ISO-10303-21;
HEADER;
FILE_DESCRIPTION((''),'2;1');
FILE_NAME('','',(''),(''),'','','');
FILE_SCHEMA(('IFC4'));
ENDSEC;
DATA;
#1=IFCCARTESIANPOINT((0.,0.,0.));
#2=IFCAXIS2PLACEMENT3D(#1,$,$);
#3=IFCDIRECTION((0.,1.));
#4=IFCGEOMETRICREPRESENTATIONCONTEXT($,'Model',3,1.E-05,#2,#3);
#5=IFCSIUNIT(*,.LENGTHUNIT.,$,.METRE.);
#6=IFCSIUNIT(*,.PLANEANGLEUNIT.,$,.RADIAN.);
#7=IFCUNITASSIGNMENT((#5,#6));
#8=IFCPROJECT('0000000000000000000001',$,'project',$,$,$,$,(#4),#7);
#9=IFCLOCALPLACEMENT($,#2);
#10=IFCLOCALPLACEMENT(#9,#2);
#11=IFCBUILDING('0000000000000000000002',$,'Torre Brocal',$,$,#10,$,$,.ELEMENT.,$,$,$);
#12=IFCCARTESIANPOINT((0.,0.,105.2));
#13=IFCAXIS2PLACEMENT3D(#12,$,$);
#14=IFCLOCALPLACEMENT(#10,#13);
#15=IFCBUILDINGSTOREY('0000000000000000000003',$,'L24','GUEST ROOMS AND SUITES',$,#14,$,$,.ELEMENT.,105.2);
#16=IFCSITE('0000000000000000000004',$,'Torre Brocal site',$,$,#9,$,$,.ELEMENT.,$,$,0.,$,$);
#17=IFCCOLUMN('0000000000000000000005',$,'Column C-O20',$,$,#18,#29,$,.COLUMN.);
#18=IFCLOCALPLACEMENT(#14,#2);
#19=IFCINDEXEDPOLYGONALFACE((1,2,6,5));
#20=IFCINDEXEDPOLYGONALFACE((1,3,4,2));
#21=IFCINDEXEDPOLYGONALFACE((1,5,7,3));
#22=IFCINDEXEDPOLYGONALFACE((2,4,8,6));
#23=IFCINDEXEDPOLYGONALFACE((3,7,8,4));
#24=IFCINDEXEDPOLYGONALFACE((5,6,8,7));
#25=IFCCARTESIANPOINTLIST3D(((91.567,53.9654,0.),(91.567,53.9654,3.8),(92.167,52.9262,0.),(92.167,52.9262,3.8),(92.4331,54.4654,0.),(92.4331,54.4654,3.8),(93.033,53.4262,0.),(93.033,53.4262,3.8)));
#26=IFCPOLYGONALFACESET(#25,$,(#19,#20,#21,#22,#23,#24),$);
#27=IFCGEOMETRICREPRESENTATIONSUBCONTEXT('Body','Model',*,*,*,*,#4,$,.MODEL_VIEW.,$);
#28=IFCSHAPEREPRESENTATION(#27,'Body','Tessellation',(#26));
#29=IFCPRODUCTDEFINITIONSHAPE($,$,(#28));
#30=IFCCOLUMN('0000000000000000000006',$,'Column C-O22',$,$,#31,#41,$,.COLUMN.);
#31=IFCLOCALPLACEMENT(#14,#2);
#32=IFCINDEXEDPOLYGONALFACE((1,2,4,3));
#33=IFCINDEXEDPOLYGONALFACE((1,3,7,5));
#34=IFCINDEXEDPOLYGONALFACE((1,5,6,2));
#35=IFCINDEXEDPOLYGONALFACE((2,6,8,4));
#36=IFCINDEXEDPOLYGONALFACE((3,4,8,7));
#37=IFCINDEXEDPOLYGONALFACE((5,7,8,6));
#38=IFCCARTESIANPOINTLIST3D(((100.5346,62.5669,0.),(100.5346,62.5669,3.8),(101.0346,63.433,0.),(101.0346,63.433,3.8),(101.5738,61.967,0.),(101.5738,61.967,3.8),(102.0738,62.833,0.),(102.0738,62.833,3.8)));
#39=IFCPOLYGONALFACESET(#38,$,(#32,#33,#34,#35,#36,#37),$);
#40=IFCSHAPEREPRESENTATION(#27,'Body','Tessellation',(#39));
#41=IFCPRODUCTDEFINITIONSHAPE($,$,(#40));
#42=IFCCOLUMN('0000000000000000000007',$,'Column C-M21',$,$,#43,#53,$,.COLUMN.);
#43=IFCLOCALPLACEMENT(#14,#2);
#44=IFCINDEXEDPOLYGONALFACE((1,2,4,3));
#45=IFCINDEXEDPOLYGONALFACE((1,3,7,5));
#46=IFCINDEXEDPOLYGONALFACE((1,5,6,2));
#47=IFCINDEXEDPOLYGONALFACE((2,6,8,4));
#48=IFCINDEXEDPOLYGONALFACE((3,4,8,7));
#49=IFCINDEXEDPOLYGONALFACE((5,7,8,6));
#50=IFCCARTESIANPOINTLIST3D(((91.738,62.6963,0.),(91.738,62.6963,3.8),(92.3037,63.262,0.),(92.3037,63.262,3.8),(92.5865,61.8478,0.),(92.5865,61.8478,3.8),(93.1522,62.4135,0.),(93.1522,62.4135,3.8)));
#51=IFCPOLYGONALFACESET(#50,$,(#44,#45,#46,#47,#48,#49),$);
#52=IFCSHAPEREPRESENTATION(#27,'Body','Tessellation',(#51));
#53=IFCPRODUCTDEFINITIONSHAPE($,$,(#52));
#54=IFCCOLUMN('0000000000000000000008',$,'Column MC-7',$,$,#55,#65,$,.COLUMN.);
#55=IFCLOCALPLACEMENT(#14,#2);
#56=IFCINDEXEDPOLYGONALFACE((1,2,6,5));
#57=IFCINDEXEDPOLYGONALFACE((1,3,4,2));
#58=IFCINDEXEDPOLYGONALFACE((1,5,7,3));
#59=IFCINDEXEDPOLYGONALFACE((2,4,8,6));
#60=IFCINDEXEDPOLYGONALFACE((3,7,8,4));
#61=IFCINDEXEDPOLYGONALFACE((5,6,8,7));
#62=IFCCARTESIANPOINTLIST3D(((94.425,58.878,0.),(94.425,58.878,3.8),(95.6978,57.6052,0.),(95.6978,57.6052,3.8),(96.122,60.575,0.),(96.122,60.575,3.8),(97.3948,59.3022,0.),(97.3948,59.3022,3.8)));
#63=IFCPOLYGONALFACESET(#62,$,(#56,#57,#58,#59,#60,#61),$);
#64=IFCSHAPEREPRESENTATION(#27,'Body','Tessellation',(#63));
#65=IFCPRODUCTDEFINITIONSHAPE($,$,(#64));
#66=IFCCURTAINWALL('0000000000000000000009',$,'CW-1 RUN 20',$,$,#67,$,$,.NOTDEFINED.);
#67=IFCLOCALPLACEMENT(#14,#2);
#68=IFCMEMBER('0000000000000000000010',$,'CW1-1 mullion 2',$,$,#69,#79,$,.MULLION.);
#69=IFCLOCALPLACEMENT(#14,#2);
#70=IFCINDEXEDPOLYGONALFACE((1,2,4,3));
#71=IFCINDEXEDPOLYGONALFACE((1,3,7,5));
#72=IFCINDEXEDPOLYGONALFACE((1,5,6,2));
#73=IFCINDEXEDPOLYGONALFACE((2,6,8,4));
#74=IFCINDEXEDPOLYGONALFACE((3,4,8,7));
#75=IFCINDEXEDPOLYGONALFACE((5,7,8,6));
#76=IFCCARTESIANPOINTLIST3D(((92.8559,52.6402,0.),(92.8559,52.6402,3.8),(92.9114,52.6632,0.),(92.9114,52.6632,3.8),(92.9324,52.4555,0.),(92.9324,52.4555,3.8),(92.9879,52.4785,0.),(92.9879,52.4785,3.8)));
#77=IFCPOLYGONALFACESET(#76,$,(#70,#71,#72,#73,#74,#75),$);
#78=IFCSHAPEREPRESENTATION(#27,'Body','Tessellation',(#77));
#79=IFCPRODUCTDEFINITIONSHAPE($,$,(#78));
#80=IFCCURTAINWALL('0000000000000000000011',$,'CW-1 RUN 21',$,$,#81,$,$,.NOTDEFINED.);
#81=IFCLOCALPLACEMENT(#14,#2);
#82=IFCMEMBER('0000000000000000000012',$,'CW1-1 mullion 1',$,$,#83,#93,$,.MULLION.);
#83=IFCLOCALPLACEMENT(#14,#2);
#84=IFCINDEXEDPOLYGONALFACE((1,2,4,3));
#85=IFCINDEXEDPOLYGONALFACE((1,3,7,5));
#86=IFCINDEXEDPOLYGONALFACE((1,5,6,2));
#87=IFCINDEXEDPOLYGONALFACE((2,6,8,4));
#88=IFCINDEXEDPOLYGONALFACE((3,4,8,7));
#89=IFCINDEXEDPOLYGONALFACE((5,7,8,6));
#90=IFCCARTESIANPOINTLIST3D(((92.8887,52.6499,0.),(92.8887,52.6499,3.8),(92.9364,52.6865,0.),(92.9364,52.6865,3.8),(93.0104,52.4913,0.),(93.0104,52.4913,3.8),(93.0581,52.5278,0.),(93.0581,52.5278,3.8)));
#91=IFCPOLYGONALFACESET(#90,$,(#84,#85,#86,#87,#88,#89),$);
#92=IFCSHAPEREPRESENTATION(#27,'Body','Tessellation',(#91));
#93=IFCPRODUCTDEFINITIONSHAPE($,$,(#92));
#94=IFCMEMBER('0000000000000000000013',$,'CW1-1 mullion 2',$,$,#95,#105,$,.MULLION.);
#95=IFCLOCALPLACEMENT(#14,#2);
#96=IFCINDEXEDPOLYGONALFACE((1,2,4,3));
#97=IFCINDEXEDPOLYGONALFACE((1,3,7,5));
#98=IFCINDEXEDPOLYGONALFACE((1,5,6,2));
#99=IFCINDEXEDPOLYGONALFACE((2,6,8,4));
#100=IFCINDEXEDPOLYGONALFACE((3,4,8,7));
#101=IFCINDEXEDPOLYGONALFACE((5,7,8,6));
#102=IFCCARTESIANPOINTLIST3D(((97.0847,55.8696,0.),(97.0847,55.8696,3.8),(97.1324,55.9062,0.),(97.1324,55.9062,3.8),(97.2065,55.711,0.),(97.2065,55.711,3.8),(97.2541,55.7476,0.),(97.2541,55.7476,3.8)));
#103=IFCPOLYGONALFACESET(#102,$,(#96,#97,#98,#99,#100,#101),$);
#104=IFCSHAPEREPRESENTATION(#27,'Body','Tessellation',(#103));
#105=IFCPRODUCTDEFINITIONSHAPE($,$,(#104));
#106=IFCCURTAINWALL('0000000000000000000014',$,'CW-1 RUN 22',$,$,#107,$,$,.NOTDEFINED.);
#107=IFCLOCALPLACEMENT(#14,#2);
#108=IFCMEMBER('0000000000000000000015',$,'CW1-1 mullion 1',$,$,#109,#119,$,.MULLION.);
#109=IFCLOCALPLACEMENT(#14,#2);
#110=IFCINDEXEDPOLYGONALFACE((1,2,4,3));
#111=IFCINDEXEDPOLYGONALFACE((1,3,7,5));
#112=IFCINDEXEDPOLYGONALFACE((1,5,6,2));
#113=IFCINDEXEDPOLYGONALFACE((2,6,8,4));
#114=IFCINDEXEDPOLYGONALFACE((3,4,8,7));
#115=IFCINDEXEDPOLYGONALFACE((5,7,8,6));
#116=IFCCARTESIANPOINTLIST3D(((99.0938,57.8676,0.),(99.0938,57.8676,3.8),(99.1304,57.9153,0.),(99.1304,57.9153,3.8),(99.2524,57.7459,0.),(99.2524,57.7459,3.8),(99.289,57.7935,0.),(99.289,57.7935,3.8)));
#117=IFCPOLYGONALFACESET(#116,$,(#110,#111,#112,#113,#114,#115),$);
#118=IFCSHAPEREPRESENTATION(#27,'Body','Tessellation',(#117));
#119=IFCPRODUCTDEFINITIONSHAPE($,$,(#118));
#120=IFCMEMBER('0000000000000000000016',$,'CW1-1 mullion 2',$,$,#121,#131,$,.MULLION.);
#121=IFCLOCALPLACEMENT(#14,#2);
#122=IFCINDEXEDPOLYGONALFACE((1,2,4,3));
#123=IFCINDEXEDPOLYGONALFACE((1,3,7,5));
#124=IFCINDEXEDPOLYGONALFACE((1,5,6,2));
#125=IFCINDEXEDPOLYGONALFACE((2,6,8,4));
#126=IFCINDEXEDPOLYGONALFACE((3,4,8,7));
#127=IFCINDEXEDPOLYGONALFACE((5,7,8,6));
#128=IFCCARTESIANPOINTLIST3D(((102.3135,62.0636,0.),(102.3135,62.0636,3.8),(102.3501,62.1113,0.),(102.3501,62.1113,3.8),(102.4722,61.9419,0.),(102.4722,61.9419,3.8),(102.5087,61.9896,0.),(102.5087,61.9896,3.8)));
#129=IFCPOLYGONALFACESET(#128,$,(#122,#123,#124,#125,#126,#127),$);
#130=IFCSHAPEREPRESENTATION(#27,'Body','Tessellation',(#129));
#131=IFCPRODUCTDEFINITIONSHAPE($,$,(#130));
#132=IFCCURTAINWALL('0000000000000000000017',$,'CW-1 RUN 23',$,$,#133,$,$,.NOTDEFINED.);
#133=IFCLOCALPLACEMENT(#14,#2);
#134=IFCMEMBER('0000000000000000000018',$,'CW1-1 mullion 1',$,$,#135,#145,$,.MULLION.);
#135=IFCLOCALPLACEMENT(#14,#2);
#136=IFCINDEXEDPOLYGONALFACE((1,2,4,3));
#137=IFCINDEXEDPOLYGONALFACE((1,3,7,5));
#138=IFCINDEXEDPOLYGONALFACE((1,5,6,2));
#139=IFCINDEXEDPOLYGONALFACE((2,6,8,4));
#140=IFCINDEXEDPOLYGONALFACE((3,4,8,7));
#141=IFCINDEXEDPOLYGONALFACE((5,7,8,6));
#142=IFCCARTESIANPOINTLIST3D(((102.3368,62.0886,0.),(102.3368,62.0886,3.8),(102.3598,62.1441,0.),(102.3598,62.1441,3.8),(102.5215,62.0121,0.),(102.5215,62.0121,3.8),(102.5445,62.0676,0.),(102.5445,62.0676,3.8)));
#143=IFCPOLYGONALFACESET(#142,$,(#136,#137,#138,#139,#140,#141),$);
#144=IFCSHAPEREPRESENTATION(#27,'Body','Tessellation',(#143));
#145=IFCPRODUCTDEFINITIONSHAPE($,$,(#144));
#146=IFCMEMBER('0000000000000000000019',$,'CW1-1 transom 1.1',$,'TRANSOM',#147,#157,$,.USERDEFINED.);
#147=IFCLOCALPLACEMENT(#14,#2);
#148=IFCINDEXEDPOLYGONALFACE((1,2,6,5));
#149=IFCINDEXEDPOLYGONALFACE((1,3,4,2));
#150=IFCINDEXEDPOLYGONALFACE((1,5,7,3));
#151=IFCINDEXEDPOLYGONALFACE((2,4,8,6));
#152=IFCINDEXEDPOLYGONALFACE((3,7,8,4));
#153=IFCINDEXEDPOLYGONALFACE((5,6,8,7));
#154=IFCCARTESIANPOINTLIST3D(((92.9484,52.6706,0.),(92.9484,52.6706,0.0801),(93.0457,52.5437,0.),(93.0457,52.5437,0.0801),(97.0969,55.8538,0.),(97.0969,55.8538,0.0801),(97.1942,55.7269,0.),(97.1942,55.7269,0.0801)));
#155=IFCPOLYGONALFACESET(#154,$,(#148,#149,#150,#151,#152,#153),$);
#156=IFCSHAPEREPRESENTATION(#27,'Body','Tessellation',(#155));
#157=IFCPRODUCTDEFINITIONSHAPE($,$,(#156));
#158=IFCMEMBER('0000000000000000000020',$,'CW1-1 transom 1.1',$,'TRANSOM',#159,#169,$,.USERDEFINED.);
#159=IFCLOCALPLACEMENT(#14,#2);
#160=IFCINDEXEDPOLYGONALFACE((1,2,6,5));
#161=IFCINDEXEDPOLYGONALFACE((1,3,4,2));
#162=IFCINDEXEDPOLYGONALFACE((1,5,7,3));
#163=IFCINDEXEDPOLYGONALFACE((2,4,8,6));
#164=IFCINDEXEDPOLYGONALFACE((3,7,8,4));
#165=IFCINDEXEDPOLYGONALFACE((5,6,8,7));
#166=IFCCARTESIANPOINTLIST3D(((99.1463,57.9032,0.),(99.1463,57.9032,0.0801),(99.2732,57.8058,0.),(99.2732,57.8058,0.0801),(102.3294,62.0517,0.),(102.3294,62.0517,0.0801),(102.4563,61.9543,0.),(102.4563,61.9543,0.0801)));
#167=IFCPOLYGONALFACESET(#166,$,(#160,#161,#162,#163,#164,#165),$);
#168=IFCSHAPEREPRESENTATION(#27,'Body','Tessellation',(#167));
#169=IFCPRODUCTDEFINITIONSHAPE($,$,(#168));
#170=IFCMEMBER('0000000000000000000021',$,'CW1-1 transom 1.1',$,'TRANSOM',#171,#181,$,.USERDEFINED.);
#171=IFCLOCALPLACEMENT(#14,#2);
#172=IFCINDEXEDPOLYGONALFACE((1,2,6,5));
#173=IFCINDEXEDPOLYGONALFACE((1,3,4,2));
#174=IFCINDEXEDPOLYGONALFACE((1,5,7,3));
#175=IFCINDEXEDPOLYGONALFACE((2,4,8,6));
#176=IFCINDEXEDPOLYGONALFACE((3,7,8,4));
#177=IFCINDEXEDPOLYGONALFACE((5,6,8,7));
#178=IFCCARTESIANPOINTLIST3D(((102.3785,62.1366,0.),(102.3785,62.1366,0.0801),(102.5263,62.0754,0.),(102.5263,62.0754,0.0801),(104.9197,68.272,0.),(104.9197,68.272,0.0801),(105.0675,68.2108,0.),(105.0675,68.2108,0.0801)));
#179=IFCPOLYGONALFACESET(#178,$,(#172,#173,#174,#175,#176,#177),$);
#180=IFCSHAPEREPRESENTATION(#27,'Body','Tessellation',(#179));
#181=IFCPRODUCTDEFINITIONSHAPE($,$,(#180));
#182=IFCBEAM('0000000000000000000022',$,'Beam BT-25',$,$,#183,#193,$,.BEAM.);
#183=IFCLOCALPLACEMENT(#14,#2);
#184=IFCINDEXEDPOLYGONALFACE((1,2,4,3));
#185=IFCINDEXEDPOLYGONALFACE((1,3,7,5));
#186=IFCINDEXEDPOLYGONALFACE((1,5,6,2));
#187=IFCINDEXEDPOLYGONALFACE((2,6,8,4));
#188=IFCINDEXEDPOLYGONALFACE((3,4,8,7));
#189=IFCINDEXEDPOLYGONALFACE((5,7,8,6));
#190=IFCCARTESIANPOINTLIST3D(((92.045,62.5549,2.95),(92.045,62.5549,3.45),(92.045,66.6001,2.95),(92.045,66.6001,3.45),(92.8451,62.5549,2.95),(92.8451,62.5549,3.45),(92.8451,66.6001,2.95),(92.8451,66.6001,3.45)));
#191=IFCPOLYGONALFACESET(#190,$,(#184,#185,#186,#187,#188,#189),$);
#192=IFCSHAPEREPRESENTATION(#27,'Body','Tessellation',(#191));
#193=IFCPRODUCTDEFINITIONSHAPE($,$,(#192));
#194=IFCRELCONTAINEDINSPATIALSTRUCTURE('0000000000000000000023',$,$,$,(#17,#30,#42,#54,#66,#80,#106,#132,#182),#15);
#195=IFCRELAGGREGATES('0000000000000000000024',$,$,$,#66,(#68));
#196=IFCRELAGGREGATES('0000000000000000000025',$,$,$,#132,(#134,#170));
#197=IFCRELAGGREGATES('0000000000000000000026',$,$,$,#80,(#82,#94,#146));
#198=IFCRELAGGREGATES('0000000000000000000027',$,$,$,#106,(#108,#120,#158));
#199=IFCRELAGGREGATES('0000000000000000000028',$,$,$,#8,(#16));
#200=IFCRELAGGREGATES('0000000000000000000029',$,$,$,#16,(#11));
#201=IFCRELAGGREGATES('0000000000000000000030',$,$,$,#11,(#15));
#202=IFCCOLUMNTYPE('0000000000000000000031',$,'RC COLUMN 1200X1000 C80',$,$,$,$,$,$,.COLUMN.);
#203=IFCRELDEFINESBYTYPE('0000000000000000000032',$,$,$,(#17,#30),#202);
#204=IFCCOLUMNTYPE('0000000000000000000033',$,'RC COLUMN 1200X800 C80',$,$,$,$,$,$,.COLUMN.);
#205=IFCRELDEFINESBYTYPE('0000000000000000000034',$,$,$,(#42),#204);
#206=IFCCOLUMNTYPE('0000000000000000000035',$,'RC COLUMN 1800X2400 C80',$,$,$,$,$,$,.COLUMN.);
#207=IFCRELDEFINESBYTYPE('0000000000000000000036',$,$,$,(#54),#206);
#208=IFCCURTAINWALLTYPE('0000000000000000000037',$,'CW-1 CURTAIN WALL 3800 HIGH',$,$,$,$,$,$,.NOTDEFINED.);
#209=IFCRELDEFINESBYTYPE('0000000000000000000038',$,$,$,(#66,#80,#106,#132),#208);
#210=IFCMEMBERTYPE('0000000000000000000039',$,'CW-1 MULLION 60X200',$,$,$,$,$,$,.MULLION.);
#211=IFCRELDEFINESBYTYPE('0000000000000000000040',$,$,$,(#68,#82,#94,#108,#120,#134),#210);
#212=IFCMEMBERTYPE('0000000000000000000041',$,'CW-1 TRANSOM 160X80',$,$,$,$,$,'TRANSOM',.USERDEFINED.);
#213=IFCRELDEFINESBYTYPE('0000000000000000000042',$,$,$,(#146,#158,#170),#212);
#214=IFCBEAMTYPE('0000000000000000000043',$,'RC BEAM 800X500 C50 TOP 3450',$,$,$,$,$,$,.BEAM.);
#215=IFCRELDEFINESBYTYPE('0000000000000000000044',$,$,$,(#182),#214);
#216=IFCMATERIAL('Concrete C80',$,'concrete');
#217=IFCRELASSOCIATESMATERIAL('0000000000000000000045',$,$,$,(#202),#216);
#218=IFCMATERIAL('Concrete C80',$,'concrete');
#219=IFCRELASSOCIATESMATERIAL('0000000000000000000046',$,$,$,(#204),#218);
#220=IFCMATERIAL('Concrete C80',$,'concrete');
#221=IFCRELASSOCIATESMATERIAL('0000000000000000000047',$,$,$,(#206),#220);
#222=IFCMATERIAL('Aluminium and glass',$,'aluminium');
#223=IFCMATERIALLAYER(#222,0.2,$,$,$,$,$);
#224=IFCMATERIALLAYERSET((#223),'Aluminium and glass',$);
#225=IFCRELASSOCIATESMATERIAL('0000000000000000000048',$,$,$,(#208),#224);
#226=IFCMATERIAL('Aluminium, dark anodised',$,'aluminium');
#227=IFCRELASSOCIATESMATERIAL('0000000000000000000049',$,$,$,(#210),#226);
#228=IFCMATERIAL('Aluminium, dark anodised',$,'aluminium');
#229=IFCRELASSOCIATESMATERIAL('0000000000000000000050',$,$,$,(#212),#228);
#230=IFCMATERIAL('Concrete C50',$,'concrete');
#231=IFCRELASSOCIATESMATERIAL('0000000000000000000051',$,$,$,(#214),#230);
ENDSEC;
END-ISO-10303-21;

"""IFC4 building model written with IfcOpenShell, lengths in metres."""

from ifc_helpers import new_model, si_unit, direction, frame, origin, origin_2d, place, context, subcontext, project, spatial, rectangle, extrude, material, layer, layer_set, material_profile, profile_set, type_object, element, aggregate, save


model = new_model("IFC4")

# Units and contexts
model_context = context("Model", 3, precision=1e-05, world=origin(), true_north=direction((0.0, 1.0)))
body_context = subcontext(model_context, "Body", "Model", "MODEL_VIEW")
ifc_project = project(units=[si_unit("LENGTHUNIT", "METRE"), si_unit("PLANEANGLEUNIT", "RADIAN")], contexts=[model_context])

# Site, building, storey
site_placement = place(None, origin())
site = spatial("IfcSite", under=ifc_project, at=site_placement, Name="Torre Brocal site", CompositionType="ELEMENT", RefElevation=0.0)
building_placement = place(site_placement, origin())
building = spatial("IfcBuilding", under=site, at=building_placement, Name="Torre Brocal", CompositionType="ELEMENT")
storey_placement = place(building_placement, frame((0.0, 0.0, 105.2)))
storey = spatial("IfcBuildingStorey", under=building, at=storey_placement, Name="L24", Description="GUEST ROOMS AND SUITES", CompositionType="ELEMENT", Elevation=105.2)

# Columns
ifc_material_1 = material(Name="Concrete C80", Category="concrete")
ifc_material_profile_1 = material_profile(ifc_material_1, rectangle(XDim=1.2, YDim=1.0, at=origin_2d()), Name="RC 1200X1000")
ifc_profile_set_1 = profile_set([ifc_material_profile_1], Name="Concrete C80")
column_type_1 = type_object("IfcColumnType", Name="RC COLUMN 1200X1000 C80", PredefinedType="COLUMN", material=ifc_profile_set_1)
for number, where, z_axis, x_axis, name in (
    (1, (92.3, 53.6958, 0.0), (0.0, 0.0, 1.0), (0.5, -0.866025, 0.0), "Column C-O20"),
    (2, (101.3042, 62.7, 0.0), (0.0, 0.0, 1.0), (0.866025, -0.5, 0.0), "Column C-O22"),
):
    element("IfcColumn", number, at=place(storey_placement, frame(where, z_axis=z_axis, x_axis=x_axis)), inside=storey, type_object=column_type_1, Name=name, PredefinedType="COLUMN", context=body_context, shape_type="SweptSolid", body=[
        extrude(rectangle(XDim=1.2, YDim=1.0, at=origin_2d()), origin(), (0.0, 0.0, 1.0), 3.8),
    ])
ifc_material_2 = material(Name="Concrete C80", Category="concrete")
ifc_material_profile_2 = material_profile(ifc_material_2, rectangle(XDim=1.2, YDim=0.8, at=origin_2d()), Name="RC 1200X800")
ifc_profile_set_2 = profile_set([ifc_material_profile_2], Name="Concrete C80")
column_type_2 = type_object("IfcColumnType", Name="RC COLUMN 1200X800 C80", PredefinedType="COLUMN", material=ifc_profile_set_2)
column_1_placement = place(storey_placement, frame((92.4451, 62.5549, 0.0), z_axis=(0.0, 0.0, 1.0), x_axis=(0.707107, -0.707107, 0.0)))
element("IfcColumn", 3, at=column_1_placement, inside=storey, type_object=column_type_2, Name="Column C-M21", PredefinedType="COLUMN", context=body_context, shape_type="SweptSolid", body=[
    extrude(rectangle(XDim=1.2, YDim=0.8, at=origin_2d()), origin(), (0.0, 0.0, 1.0), 3.8),
])
ifc_material_3 = material(Name="Concrete C80", Category="concrete")
ifc_material_profile_3 = material_profile(ifc_material_3, rectangle(XDim=1.8, YDim=2.3999, at=origin_2d()), Name="RC 1800X2400")
ifc_profile_set_3 = profile_set([ifc_material_profile_3], Name="Concrete C80")
column_type_3 = type_object("IfcColumnType", Name="RC COLUMN 1800X2400 C80", PredefinedType="COLUMN", material=ifc_profile_set_3)
column_2_placement = place(storey_placement, frame((95.9099, 59.0901, 0.0), z_axis=(0.0, 0.0, 1.0), x_axis=(0.707107, -0.707107, 0.0)))
element("IfcColumn", 4, at=column_2_placement, inside=storey, type_object=column_type_3, Name="Column MC-7", PredefinedType="COLUMN", context=body_context, shape_type="SweptSolid", body=[
    extrude(rectangle(XDim=1.8, YDim=2.3999, at=origin_2d()), origin(), (0.0, 0.0, 1.0), 3.8),
])

# Curtain wall, member
ifc_material_4 = material(Name="Aluminium and glass", Category="aluminium")
ifc_layer_1 = layer(ifc_material_4, 0.2)
ifc_layer_set_1 = layer_set([ifc_layer_1], Name="Aluminium and glass")
curtain_wall_type = type_object("IfcCurtainWallType", Name="CW-1 CURTAIN WALL 3800 HIGH", PredefinedType="NOTDEFINED", material=ifc_layer_set_1)
curtain_wall_1_placement = place(storey_placement, origin())
curtain_wall_1 = element("IfcCurtainWall", 5, at=curtain_wall_1_placement, inside=storey, type_object=curtain_wall_type, Name="CW-1 RUN 20", PredefinedType="NOTDEFINED")
ifc_material_5 = material(Name="Aluminium, dark anodised", Category="aluminium")
ifc_material_profile_4 = material_profile(ifc_material_5, rectangle(XDim=0.2, YDim=0.0601, at=origin_2d()), Name="CW-1 MULLION 60X200")
ifc_profile_set_4 = profile_set([ifc_material_profile_4], Name="Aluminium, dark anodised")
member_type_1 = type_object("IfcMemberType", Name="CW-1 MULLION 60X200", PredefinedType="MULLION", material=ifc_profile_set_4)
member_1_placement = place(storey_placement, frame((92.9219, 52.5593, 0.0), z_axis=(0.0, 0.0, 1.0), x_axis=(-0.382683, 0.92388, 0.0)))
member_1 = element("IfcMember", 6, at=member_1_placement, type_object=member_type_1, Name="CW1-1 mullion 2", PredefinedType="MULLION", context=body_context, shape_type="SweptSolid", body=[
    extrude(rectangle(XDim=0.2, YDim=0.0601, at=origin_2d()), origin(), (0.0, 0.0, 1.0), 3.8),
])
aggregate(curtain_wall_1, [member_1])

# Curtain walls, members
curtain_wall_2_placement = place(storey_placement, origin())
curtain_wall_2 = element("IfcCurtainWall", 7, at=curtain_wall_2_placement, inside=storey, type_object=curtain_wall_type, Name="CW-1 RUN 21", PredefinedType="NOTDEFINED")
member_2_placement = place(storey_placement, frame((92.9734, 52.5889, 0.0), z_axis=(0.0, 0.0, 1.0), x_axis=(-0.608761, 0.793353, 0.0)))
member_2 = element("IfcMember", 8, at=member_2_placement, type_object=member_type_1, Name="CW1-1 mullion 1", PredefinedType="MULLION", context=body_context, shape_type="SweptSolid", body=[
    extrude(rectangle(XDim=0.2, YDim=0.0601, at=origin_2d()), origin(), (0.0, 0.0, 1.0), 3.8),
])
member_3_placement = place(storey_placement, frame((97.1694, 55.8086, 0.0), z_axis=(0.0, 0.0, 1.0), x_axis=(-0.608761, 0.793353, 0.0)))
member_3 = element("IfcMember", 9, at=member_3_placement, type_object=member_type_1, Name="CW1-1 mullion 2", PredefinedType="MULLION", context=body_context, shape_type="SweptSolid", body=[
    extrude(rectangle(XDim=0.2, YDim=0.0601, at=origin_2d()), origin(), (0.0, 0.0, 1.0), 3.8),
])
curtain_wall_3_placement = place(storey_placement, origin())
curtain_wall_3 = element("IfcCurtainWall", 10, at=curtain_wall_3_placement, inside=storey, type_object=curtain_wall_type, Name="CW-1 RUN 22", PredefinedType="NOTDEFINED")
member_4_placement = place(storey_placement, frame((99.1914, 57.8306, 0.0), z_axis=(0.0, 0.0, 1.0), x_axis=(-0.793353, 0.608761, 0.0)))
member_4 = element("IfcMember", 11, at=member_4_placement, type_object=member_type_1, Name="CW1-1 mullion 1", PredefinedType="MULLION", context=body_context, shape_type="SweptSolid", body=[
    extrude(rectangle(XDim=0.2, YDim=0.0601, at=origin_2d()), origin(), (0.0, 0.0, 1.0), 3.8),
])
member_5_placement = place(storey_placement, frame((102.4111, 62.0266, 0.0), z_axis=(0.0, 0.0, 1.0), x_axis=(-0.793353, 0.608761, 0.0)))
member_5 = element("IfcMember", 12, at=member_5_placement, type_object=member_type_1, Name="CW1-1 mullion 2", PredefinedType="MULLION", context=body_context, shape_type="SweptSolid", body=[
    extrude(rectangle(XDim=0.2, YDim=0.0601, at=origin_2d()), origin(), (0.0, 0.0, 1.0), 3.8),
])

# Curtain wall, member
curtain_wall_4_placement = place(storey_placement, origin())
curtain_wall_4 = element("IfcCurtainWall", 13, at=curtain_wall_4_placement, inside=storey, type_object=curtain_wall_type, Name="CW-1 RUN 23", PredefinedType="NOTDEFINED")
member_6_placement = place(storey_placement, frame((102.4407, 62.0781, 0.0), z_axis=(0.0, 0.0, 1.0), x_axis=(-0.92388, 0.382683, 0.0)))
member_6 = element("IfcMember", 14, at=member_6_placement, type_object=member_type_1, Name="CW1-1 mullion 1", PredefinedType="MULLION", context=body_context, shape_type="SweptSolid", body=[
    extrude(rectangle(XDim=0.2, YDim=0.0601, at=origin_2d()), origin(), (0.0, 0.0, 1.0), 3.8),
])

# Members
ifc_material_6 = material(Name="Aluminium, dark anodised", Category="aluminium")
ifc_material_profile_5 = material_profile(ifc_material_6, rectangle(XDim=0.1599, YDim=0.0801, at=origin_2d()), Name="CW-1 TRANSOM 160X80")
ifc_profile_set_5 = profile_set([ifc_material_profile_5], Name="Aluminium, dark anodised")
member_type_2 = type_object("IfcMemberType", Name="CW-1 TRANSOM 160X80", ElementType="TRANSOM", PredefinedType="USERDEFINED", material=ifc_profile_set_5)
member_7_placement = place(storey_placement, frame((92.9971, 52.6072, 0.04), z_axis=(0.793363, 0.608749, 0.0), x_axis=(-0.608749, 0.793363, 0.0)))
member_7 = element("IfcMember", 15, at=member_7_placement, type_object=member_type_2, Name="CW1-1 transom 1.1", ObjectType="TRANSOM", PredefinedType="USERDEFINED", context=body_context, shape_type="SweptSolid", body=[
    extrude(rectangle(XDim=0.1599, YDim=0.0801, at=origin_2d()), origin(), (0.0, 0.0, 1.0), 5.229),
])
member_8_placement = place(storey_placement, frame((99.2097, 57.8545, 0.04), z_axis=(0.608749, 0.793363, 0.0), x_axis=(-0.793363, 0.608749, 0.0)))
member_8 = element("IfcMember", 16, at=member_8_placement, type_object=member_type_2, Name="CW1-1 transom 1.1", ObjectType="TRANSOM", PredefinedType="USERDEFINED", context=body_context, shape_type="SweptSolid", body=[
    extrude(rectangle(XDim=0.1599, YDim=0.0801, at=origin_2d()), origin(), (0.0, 0.0, 1.0), 5.229),
])
member_9_placement = place(storey_placement, frame((102.4524, 62.106, 0.04), z_axis=(0.382665, 0.923887, 0.0), x_axis=(-0.923887, 0.382665, 0.0)))
member_9 = element("IfcMember", 17, at=member_9_placement, type_object=member_type_2, Name="CW1-1 transom 1.1", ObjectType="TRANSOM", PredefinedType="USERDEFINED", context=body_context, shape_type="SweptSolid", body=[
    extrude(rectangle(XDim=0.1599, YDim=0.0801, at=origin_2d()), origin(), (0.0, 0.0, 1.0), 6.6409),
])
aggregate(curtain_wall_4, [member_6, member_9])

# Beam
ifc_material_7 = material(Name="Concrete C50", Category="concrete")
ifc_material_profile_6 = material_profile(ifc_material_7, rectangle(XDim=0.8, YDim=0.5, at=origin_2d()), Name="RC 800X500")
ifc_profile_set_6 = profile_set([ifc_material_profile_6], Name="Concrete C50")
beam_type_1 = type_object("IfcBeamType", Name="RC BEAM 800X500 C50 TOP 3450", PredefinedType="BEAM", material=ifc_profile_set_6)
beam_1_placement = place(storey_placement, frame((92.4451, 62.5549, 3.2), z_axis=(0.0, 1.0, 0.0), x_axis=(-1.0, 0.0, 0.0)))
element("IfcBeam", 18, at=beam_1_placement, inside=storey, type_object=beam_type_1, Name="Beam BT-25", PredefinedType="BEAM", context=body_context, shape_type="SweptSolid", body=[
    extrude(rectangle(XDim=0.8, YDim=0.5, at=origin_2d()), origin(), (0.0, 0.0, 1.0), 4.0452),
])

aggregate(curtain_wall_2, [member_2, member_3, member_7])
aggregate(curtain_wall_3, [member_4, member_5, member_8])

save(model, "model.ifc")
